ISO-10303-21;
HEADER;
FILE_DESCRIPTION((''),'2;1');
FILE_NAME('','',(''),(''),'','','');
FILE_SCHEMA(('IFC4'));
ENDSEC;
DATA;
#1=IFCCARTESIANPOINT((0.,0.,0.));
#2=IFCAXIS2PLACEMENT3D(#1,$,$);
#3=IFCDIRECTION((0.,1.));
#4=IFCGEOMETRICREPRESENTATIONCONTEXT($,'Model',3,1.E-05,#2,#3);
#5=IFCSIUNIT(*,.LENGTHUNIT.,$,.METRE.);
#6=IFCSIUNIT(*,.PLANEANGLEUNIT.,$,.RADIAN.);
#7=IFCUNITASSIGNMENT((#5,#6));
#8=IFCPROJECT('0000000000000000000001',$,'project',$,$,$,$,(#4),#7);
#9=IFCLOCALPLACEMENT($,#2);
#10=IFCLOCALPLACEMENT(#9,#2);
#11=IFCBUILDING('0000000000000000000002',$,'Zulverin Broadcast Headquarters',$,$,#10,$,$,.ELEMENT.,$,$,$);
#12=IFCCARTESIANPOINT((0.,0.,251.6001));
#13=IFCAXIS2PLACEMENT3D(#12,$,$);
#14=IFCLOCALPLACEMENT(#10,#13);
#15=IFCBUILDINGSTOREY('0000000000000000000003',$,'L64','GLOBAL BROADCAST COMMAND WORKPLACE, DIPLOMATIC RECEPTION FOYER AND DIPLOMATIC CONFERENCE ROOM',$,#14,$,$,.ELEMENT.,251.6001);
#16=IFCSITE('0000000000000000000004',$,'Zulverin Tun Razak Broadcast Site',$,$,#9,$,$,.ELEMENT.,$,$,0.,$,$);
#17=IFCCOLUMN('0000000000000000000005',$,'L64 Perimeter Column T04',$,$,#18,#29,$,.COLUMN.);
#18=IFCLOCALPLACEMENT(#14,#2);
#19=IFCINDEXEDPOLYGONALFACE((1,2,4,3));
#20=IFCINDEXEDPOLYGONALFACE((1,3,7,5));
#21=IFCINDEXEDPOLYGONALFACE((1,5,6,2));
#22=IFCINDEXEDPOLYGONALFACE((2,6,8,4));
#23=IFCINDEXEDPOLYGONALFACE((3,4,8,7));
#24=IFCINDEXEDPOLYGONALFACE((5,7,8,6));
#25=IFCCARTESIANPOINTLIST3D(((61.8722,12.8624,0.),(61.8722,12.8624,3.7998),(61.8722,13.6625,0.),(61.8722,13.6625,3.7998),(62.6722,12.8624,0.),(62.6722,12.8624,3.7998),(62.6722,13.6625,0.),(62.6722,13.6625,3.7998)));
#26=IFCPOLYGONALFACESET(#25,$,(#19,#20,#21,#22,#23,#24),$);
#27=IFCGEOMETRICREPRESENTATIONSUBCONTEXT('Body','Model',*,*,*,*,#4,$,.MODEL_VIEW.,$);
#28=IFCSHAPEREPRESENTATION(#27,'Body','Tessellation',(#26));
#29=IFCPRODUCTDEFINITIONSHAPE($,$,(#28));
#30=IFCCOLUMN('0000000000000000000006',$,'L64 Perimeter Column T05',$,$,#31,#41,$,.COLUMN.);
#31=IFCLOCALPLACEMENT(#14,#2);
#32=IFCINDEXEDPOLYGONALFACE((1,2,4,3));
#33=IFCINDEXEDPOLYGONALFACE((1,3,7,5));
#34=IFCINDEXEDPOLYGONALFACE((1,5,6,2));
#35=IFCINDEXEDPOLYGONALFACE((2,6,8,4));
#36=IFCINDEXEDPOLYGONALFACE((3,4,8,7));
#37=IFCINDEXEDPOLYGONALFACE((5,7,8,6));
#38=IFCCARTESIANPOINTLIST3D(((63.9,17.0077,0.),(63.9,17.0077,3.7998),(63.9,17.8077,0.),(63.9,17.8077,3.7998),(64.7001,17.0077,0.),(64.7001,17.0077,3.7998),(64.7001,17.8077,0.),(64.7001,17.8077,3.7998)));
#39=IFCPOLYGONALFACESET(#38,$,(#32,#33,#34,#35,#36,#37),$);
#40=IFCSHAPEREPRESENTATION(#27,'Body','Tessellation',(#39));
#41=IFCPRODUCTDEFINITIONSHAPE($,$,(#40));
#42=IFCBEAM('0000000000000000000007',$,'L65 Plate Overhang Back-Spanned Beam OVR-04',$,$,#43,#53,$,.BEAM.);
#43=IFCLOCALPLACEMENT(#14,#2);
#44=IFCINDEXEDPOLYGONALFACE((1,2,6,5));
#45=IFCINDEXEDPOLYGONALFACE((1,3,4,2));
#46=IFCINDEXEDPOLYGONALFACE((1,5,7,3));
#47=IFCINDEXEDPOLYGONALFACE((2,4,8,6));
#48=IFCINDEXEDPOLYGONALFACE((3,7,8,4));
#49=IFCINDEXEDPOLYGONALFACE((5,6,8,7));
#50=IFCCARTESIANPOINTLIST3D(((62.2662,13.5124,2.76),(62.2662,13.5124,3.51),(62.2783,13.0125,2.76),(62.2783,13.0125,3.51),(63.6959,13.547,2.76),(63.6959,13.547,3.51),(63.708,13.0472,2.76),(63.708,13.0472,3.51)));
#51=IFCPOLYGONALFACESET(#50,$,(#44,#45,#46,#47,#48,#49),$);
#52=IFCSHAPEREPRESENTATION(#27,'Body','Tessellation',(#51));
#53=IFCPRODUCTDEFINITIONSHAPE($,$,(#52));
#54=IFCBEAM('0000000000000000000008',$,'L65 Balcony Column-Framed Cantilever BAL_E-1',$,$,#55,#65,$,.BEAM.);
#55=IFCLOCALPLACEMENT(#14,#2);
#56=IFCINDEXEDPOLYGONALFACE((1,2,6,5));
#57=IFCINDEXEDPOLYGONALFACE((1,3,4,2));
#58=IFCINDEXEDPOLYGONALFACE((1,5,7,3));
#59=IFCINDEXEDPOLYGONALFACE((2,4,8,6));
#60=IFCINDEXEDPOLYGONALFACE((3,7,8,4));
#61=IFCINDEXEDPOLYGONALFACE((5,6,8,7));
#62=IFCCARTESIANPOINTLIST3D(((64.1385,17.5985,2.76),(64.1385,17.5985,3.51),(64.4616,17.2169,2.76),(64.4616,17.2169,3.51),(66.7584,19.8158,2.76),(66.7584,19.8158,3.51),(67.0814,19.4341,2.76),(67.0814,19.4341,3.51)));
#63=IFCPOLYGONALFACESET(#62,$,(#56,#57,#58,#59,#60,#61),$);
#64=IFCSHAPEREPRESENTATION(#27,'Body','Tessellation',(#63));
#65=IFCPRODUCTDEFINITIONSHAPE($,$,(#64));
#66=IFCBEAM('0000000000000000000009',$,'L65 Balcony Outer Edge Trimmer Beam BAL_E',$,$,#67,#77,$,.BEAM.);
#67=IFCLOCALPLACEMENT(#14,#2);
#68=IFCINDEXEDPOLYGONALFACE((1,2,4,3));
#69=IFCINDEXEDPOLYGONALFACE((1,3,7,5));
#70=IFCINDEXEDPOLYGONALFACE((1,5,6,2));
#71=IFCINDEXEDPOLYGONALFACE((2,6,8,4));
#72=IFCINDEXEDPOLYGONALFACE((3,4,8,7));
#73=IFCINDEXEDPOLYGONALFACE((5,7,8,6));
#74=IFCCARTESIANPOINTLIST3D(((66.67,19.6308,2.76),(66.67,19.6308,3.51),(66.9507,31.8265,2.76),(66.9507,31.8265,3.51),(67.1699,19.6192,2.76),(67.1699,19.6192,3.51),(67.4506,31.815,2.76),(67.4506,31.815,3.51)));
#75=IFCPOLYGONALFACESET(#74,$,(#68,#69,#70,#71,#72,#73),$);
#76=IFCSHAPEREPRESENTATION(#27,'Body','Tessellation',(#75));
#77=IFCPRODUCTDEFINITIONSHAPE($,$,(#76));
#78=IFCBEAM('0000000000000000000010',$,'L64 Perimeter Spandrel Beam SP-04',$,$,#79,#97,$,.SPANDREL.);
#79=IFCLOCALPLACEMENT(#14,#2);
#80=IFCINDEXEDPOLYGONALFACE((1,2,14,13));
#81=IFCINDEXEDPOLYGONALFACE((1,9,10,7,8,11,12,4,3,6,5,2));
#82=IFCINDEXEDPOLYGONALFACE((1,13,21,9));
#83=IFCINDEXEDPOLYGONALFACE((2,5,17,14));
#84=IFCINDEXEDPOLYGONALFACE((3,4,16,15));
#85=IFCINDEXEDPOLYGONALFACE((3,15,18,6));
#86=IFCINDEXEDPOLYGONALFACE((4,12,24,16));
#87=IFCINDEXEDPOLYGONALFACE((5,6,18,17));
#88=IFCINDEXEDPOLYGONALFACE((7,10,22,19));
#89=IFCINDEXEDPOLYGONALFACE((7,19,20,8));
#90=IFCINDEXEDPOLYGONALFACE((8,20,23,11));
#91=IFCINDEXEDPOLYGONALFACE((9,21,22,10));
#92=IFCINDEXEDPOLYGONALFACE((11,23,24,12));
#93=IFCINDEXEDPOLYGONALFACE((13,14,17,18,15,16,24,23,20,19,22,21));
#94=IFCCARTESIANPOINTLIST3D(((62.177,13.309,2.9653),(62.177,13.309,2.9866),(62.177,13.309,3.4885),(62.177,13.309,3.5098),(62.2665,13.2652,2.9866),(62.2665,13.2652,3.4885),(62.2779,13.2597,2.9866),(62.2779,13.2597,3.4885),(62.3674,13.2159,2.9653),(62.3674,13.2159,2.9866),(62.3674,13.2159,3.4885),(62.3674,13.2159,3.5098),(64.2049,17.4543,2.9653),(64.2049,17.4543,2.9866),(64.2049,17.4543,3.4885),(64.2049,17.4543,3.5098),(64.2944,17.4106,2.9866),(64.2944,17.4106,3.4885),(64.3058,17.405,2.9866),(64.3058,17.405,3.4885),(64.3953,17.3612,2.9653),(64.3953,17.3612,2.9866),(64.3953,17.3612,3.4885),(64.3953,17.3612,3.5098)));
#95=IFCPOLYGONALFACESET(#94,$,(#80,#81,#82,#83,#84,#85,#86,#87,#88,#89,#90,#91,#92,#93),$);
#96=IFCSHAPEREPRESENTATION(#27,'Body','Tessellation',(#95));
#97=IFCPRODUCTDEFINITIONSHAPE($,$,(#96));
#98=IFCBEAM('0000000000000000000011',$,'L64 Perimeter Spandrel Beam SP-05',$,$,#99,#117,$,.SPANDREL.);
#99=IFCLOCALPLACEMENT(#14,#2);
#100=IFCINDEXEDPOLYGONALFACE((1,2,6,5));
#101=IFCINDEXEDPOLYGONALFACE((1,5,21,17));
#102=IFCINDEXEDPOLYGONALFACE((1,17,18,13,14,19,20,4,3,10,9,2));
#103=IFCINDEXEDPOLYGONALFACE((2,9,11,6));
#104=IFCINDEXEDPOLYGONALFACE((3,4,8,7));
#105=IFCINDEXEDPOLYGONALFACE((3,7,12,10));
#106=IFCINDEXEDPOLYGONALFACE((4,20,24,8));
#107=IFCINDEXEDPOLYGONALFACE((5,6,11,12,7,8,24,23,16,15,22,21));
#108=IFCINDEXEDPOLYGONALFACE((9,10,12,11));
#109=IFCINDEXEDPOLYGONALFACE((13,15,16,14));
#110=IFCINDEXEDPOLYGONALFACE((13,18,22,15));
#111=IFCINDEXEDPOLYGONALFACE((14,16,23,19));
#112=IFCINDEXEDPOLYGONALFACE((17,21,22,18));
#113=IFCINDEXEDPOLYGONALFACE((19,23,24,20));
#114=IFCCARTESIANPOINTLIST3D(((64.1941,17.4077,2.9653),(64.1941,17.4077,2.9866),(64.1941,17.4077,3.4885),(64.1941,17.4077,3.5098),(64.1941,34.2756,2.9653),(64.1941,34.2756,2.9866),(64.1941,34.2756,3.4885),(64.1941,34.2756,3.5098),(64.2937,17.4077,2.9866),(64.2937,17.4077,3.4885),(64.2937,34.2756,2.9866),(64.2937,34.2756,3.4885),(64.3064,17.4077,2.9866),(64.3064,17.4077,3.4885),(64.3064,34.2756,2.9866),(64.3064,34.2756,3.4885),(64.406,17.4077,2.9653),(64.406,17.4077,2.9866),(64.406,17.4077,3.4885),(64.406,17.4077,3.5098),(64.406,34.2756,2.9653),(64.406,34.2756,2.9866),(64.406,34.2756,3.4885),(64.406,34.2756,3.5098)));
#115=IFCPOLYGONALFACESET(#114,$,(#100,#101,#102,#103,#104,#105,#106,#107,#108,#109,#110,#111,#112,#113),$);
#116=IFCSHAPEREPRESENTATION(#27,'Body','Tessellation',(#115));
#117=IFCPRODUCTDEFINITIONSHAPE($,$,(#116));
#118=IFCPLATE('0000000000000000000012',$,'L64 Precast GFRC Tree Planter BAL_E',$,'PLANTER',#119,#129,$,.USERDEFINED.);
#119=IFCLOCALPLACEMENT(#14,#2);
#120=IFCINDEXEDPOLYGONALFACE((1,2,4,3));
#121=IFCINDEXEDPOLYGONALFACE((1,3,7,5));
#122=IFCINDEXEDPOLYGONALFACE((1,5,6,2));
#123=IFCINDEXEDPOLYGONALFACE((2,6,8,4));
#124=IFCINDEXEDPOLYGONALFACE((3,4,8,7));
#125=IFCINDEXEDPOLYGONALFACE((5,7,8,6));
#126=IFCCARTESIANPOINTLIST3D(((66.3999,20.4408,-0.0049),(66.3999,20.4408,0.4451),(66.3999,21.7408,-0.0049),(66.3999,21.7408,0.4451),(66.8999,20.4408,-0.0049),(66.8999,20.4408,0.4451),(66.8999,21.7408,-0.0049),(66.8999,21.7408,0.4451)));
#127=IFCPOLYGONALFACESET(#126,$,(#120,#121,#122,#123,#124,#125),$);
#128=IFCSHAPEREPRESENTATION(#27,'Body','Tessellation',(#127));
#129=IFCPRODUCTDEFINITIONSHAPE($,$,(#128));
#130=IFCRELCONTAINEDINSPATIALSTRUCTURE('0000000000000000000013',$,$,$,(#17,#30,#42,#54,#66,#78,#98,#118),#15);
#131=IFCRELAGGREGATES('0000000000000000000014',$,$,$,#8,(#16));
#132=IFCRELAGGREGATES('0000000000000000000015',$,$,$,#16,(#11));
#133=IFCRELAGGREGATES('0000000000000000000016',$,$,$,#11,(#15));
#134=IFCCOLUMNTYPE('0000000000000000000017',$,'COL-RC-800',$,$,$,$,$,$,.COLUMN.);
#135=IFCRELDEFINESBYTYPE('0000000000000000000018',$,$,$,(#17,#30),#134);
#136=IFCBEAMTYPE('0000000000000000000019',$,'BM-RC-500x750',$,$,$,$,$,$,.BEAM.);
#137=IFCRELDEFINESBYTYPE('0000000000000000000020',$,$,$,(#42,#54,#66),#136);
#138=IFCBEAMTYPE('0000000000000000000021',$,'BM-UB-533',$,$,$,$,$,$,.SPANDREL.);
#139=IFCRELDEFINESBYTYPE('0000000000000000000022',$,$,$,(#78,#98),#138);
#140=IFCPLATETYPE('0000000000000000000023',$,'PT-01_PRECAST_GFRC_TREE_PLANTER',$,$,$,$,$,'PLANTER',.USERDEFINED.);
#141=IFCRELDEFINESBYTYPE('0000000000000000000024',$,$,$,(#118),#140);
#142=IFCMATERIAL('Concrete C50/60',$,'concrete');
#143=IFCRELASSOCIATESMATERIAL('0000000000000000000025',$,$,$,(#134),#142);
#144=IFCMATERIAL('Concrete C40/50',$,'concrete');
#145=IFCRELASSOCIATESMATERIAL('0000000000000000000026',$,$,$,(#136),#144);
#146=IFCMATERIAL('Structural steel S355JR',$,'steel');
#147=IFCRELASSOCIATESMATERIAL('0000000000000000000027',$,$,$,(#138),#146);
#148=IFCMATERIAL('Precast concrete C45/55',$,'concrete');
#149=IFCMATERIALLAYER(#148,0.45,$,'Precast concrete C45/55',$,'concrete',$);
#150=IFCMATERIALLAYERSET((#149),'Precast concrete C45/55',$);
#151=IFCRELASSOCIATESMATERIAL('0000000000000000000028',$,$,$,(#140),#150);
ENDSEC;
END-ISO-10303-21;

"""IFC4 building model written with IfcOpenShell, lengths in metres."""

from ifc_helpers import new_model, si_unit, direction, frame, origin, origin_2d, place, context, subcontext, project, spatial, rectangle, i_section, extrude, material, layer, layer_set, material_profile, profile_set, type_object, element, save


model = new_model("IFC4")

# Units and contexts
model_context = context("Model", 3, precision=1e-05, world=origin(), true_north=direction((0.0, 1.0)))
body_context = subcontext(model_context, "Body", "Model", "MODEL_VIEW")
ifc_project = project(units=[si_unit("LENGTHUNIT", "METRE"), si_unit("PLANEANGLEUNIT", "RADIAN")], contexts=[model_context])

# Site, building, storey
site_placement = place(None, origin())
site = spatial("IfcSite", under=ifc_project, at=site_placement, Name="Zulverin Tun Razak Broadcast Site", CompositionType="ELEMENT", RefElevation=0.0)
building_placement = place(site_placement, origin())
building = spatial("IfcBuilding", under=site, at=building_placement, Name="Zulverin Broadcast Headquarters", CompositionType="ELEMENT")
storey_placement = place(building_placement, frame((0.0, 0.0, 251.6001)))
storey = spatial("IfcBuildingStorey", under=building, at=storey_placement, Name="L64", Description="GLOBAL BROADCAST COMMAND WORKPLACE, DIPLOMATIC RECEPTION FOYER AND DIPLOMATIC CONFERENCE ROOM", CompositionType="ELEMENT", Elevation=251.6001)

# Columns
ifc_material_1 = material(Name="Concrete C50/60", Category="concrete")
ifc_material_profile_1 = material_profile(ifc_material_1, rectangle(XDim=0.8, YDim=0.8, at=origin_2d()), Name="Concrete C50/60", Category="concrete")
ifc_profile_set_1 = profile_set([ifc_material_profile_1], Name="Concrete C50/60")
column_type = type_object("IfcColumnType", Name="COL-RC-800", PredefinedType="COLUMN", material=ifc_profile_set_1)
for number, where, z_axis, x_axis, name in (
    (1, (62.2722, 13.2625, 0.0), (0.0, 0.0, 1.0), (1.0, 0.0, 0.0), "L64 Perimeter Column T04"),
    (2, (64.3, 17.4077, 0.0), (0.0, 0.0, 1.0), (1.0, 0.0, 0.0), "L64 Perimeter Column T05"),
):
    element("IfcColumn", number, at=place(storey_placement, frame(where, z_axis=z_axis, x_axis=x_axis)), inside=storey, type_object=column_type, Name=name, PredefinedType="COLUMN", context=body_context, shape_type="SweptSolid", body=[
        extrude(rectangle(XDim=0.8, YDim=0.8, at=origin_2d()), origin(), (0.0, 0.0, 1.0), 3.7998),
    ])

# Beams
ifc_material_2 = material(Name="Concrete C40/50", Category="concrete")
ifc_material_profile_2 = material_profile(ifc_material_2, rectangle(XDim=0.5, YDim=0.75, at=origin_2d()), Name="Concrete C40/50", Category="concrete")
ifc_profile_set_2 = profile_set([ifc_material_profile_2], Name="Concrete C40/50")
beam_type_1 = type_object("IfcBeamType", Name="BM-RC-500x750", PredefinedType="BEAM", material=ifc_profile_set_2)
beam_1_placement = place(storey_placement, frame((62.2722, 13.2625, 3.135), z_axis=(0.999706, 0.024242, 0.0), x_axis=(-0.024242, 0.999706, 0.0)))
element("IfcBeam", 3, at=beam_1_placement, inside=storey, type_object=beam_type_1, Name="L65 Plate Overhang Back-Spanned Beam OVR-04", PredefinedType="BEAM", context=body_context, shape_type="SweptSolid", body=[
    extrude(rectangle(XDim=0.5, YDim=0.75, at=origin_2d()), origin(), (0.0, 0.0, 1.0), 1.4302),
])
beam_2_placement = place(storey_placement, frame((64.3, 17.4077, 3.135), z_axis=(0.763319, 0.646022, 0.0), x_axis=(-0.646022, 0.763319, 0.0)))
element("IfcBeam", 4, at=beam_2_placement, inside=storey, type_object=beam_type_1, Name="L65 Balcony Column-Framed Cantilever BAL_E-1", PredefinedType="BEAM", context=body_context, shape_type="SweptSolid", body=[
    extrude(rectangle(XDim=0.5, YDim=0.75, at=origin_2d()), origin(), (0.0, 0.0, 1.0), 3.4321),
])
beam_3_placement = place(storey_placement, frame((66.9199, 19.625, 3.135), z_axis=(0.023015, 0.999735, 0.0), x_axis=(-0.999735, 0.023015, 0.0)))
element("IfcBeam", 5, at=beam_3_placement, inside=storey, type_object=beam_type_1, Name="L65 Balcony Outer Edge Trimmer Beam BAL_E", PredefinedType="BEAM", context=body_context, shape_type="SweptSolid", body=[
    extrude(rectangle(XDim=0.5, YDim=0.75, at=origin_2d()), origin(), (0.0, 0.0, 1.0), 12.199),
])
ifc_material_3 = material(Name="Structural steel S355JR", Category="steel")
ifc_material_profile_3 = material_profile(ifc_material_3, i_section(OverallWidth=0.2119, OverallDepth=0.5444, WebThickness=0.0127, FlangeThickness=0.0212, at=origin_2d()), Name="Structural steel S355JR", Category="steel")
ifc_profile_set_3 = profile_set([ifc_material_profile_3], Name="Structural steel S355JR")
beam_type_2 = type_object("IfcBeamType", Name="BM-UB-533", PredefinedType="SPANDREL", material=ifc_profile_set_3)
beam_4_placement = place(storey_placement, frame((62.2722, 13.2625, 3.2375), z_axis=(0.43943, 0.898277, 0.0), x_axis=(-0.898277, 0.43943, 0.0)))
element("IfcBeam", 6, at=beam_4_placement, inside=storey, type_object=beam_type_2, Name="L64 Perimeter Spandrel Beam SP-04", PredefinedType="SPANDREL", context=body_context, shape_type="SweptSolid", body=[
    extrude(i_section(OverallWidth=0.2119, OverallDepth=0.5444, WebThickness=0.0127, FlangeThickness=0.0212, at=origin_2d()), origin(), (0.0, 0.0, 1.0), 4.6147),
])
beam_5_placement = place(storey_placement, frame((64.3, 17.4077, 3.2375), z_axis=(0.0, 1.0, 0.0), x_axis=(-1.0, 0.0, 0.0)))
element("IfcBeam", 7, at=beam_5_placement, inside=storey, type_object=beam_type_2, Name="L64 Perimeter Spandrel Beam SP-05", PredefinedType="SPANDREL", context=body_context, shape_type="SweptSolid", body=[
    extrude(i_section(OverallWidth=0.2119, OverallDepth=0.5444, WebThickness=0.0127, FlangeThickness=0.0212, at=origin_2d()), origin(), (0.0, 0.0, 1.0), 16.8679),
])

# Plate
ifc_material_4 = material(Name="Precast concrete C45/55", Category="concrete")
ifc_layer_1 = layer(ifc_material_4, 0.45, Name="Precast concrete C45/55", Category="concrete")
ifc_layer_set_1 = layer_set([ifc_layer_1], Name="Precast concrete C45/55")
plate_type = type_object("IfcPlateType", Name="PT-01_PRECAST_GFRC_TREE_PLANTER", ElementType="PLANTER", PredefinedType="USERDEFINED", material=ifc_layer_set_1)
plate_placement = place(storey_placement, frame((66.6499, 21.0908, -0.0049), z_axis=(0.0, 0.0, 1.0), x_axis=(0.0, 1.0, 0.0)))
element("IfcPlate", 8, at=plate_placement, inside=storey, type_object=plate_type, Name="L64 Precast GFRC Tree Planter BAL_E", ObjectType="PLANTER", PredefinedType="USERDEFINED", context=body_context, shape_type="SweptSolid", body=[
    extrude(rectangle(XDim=1.3, YDim=0.5, at=origin_2d()), origin(), (0.0, 0.0, 1.0), 0.45),
])

save(model, "model.ifc")
